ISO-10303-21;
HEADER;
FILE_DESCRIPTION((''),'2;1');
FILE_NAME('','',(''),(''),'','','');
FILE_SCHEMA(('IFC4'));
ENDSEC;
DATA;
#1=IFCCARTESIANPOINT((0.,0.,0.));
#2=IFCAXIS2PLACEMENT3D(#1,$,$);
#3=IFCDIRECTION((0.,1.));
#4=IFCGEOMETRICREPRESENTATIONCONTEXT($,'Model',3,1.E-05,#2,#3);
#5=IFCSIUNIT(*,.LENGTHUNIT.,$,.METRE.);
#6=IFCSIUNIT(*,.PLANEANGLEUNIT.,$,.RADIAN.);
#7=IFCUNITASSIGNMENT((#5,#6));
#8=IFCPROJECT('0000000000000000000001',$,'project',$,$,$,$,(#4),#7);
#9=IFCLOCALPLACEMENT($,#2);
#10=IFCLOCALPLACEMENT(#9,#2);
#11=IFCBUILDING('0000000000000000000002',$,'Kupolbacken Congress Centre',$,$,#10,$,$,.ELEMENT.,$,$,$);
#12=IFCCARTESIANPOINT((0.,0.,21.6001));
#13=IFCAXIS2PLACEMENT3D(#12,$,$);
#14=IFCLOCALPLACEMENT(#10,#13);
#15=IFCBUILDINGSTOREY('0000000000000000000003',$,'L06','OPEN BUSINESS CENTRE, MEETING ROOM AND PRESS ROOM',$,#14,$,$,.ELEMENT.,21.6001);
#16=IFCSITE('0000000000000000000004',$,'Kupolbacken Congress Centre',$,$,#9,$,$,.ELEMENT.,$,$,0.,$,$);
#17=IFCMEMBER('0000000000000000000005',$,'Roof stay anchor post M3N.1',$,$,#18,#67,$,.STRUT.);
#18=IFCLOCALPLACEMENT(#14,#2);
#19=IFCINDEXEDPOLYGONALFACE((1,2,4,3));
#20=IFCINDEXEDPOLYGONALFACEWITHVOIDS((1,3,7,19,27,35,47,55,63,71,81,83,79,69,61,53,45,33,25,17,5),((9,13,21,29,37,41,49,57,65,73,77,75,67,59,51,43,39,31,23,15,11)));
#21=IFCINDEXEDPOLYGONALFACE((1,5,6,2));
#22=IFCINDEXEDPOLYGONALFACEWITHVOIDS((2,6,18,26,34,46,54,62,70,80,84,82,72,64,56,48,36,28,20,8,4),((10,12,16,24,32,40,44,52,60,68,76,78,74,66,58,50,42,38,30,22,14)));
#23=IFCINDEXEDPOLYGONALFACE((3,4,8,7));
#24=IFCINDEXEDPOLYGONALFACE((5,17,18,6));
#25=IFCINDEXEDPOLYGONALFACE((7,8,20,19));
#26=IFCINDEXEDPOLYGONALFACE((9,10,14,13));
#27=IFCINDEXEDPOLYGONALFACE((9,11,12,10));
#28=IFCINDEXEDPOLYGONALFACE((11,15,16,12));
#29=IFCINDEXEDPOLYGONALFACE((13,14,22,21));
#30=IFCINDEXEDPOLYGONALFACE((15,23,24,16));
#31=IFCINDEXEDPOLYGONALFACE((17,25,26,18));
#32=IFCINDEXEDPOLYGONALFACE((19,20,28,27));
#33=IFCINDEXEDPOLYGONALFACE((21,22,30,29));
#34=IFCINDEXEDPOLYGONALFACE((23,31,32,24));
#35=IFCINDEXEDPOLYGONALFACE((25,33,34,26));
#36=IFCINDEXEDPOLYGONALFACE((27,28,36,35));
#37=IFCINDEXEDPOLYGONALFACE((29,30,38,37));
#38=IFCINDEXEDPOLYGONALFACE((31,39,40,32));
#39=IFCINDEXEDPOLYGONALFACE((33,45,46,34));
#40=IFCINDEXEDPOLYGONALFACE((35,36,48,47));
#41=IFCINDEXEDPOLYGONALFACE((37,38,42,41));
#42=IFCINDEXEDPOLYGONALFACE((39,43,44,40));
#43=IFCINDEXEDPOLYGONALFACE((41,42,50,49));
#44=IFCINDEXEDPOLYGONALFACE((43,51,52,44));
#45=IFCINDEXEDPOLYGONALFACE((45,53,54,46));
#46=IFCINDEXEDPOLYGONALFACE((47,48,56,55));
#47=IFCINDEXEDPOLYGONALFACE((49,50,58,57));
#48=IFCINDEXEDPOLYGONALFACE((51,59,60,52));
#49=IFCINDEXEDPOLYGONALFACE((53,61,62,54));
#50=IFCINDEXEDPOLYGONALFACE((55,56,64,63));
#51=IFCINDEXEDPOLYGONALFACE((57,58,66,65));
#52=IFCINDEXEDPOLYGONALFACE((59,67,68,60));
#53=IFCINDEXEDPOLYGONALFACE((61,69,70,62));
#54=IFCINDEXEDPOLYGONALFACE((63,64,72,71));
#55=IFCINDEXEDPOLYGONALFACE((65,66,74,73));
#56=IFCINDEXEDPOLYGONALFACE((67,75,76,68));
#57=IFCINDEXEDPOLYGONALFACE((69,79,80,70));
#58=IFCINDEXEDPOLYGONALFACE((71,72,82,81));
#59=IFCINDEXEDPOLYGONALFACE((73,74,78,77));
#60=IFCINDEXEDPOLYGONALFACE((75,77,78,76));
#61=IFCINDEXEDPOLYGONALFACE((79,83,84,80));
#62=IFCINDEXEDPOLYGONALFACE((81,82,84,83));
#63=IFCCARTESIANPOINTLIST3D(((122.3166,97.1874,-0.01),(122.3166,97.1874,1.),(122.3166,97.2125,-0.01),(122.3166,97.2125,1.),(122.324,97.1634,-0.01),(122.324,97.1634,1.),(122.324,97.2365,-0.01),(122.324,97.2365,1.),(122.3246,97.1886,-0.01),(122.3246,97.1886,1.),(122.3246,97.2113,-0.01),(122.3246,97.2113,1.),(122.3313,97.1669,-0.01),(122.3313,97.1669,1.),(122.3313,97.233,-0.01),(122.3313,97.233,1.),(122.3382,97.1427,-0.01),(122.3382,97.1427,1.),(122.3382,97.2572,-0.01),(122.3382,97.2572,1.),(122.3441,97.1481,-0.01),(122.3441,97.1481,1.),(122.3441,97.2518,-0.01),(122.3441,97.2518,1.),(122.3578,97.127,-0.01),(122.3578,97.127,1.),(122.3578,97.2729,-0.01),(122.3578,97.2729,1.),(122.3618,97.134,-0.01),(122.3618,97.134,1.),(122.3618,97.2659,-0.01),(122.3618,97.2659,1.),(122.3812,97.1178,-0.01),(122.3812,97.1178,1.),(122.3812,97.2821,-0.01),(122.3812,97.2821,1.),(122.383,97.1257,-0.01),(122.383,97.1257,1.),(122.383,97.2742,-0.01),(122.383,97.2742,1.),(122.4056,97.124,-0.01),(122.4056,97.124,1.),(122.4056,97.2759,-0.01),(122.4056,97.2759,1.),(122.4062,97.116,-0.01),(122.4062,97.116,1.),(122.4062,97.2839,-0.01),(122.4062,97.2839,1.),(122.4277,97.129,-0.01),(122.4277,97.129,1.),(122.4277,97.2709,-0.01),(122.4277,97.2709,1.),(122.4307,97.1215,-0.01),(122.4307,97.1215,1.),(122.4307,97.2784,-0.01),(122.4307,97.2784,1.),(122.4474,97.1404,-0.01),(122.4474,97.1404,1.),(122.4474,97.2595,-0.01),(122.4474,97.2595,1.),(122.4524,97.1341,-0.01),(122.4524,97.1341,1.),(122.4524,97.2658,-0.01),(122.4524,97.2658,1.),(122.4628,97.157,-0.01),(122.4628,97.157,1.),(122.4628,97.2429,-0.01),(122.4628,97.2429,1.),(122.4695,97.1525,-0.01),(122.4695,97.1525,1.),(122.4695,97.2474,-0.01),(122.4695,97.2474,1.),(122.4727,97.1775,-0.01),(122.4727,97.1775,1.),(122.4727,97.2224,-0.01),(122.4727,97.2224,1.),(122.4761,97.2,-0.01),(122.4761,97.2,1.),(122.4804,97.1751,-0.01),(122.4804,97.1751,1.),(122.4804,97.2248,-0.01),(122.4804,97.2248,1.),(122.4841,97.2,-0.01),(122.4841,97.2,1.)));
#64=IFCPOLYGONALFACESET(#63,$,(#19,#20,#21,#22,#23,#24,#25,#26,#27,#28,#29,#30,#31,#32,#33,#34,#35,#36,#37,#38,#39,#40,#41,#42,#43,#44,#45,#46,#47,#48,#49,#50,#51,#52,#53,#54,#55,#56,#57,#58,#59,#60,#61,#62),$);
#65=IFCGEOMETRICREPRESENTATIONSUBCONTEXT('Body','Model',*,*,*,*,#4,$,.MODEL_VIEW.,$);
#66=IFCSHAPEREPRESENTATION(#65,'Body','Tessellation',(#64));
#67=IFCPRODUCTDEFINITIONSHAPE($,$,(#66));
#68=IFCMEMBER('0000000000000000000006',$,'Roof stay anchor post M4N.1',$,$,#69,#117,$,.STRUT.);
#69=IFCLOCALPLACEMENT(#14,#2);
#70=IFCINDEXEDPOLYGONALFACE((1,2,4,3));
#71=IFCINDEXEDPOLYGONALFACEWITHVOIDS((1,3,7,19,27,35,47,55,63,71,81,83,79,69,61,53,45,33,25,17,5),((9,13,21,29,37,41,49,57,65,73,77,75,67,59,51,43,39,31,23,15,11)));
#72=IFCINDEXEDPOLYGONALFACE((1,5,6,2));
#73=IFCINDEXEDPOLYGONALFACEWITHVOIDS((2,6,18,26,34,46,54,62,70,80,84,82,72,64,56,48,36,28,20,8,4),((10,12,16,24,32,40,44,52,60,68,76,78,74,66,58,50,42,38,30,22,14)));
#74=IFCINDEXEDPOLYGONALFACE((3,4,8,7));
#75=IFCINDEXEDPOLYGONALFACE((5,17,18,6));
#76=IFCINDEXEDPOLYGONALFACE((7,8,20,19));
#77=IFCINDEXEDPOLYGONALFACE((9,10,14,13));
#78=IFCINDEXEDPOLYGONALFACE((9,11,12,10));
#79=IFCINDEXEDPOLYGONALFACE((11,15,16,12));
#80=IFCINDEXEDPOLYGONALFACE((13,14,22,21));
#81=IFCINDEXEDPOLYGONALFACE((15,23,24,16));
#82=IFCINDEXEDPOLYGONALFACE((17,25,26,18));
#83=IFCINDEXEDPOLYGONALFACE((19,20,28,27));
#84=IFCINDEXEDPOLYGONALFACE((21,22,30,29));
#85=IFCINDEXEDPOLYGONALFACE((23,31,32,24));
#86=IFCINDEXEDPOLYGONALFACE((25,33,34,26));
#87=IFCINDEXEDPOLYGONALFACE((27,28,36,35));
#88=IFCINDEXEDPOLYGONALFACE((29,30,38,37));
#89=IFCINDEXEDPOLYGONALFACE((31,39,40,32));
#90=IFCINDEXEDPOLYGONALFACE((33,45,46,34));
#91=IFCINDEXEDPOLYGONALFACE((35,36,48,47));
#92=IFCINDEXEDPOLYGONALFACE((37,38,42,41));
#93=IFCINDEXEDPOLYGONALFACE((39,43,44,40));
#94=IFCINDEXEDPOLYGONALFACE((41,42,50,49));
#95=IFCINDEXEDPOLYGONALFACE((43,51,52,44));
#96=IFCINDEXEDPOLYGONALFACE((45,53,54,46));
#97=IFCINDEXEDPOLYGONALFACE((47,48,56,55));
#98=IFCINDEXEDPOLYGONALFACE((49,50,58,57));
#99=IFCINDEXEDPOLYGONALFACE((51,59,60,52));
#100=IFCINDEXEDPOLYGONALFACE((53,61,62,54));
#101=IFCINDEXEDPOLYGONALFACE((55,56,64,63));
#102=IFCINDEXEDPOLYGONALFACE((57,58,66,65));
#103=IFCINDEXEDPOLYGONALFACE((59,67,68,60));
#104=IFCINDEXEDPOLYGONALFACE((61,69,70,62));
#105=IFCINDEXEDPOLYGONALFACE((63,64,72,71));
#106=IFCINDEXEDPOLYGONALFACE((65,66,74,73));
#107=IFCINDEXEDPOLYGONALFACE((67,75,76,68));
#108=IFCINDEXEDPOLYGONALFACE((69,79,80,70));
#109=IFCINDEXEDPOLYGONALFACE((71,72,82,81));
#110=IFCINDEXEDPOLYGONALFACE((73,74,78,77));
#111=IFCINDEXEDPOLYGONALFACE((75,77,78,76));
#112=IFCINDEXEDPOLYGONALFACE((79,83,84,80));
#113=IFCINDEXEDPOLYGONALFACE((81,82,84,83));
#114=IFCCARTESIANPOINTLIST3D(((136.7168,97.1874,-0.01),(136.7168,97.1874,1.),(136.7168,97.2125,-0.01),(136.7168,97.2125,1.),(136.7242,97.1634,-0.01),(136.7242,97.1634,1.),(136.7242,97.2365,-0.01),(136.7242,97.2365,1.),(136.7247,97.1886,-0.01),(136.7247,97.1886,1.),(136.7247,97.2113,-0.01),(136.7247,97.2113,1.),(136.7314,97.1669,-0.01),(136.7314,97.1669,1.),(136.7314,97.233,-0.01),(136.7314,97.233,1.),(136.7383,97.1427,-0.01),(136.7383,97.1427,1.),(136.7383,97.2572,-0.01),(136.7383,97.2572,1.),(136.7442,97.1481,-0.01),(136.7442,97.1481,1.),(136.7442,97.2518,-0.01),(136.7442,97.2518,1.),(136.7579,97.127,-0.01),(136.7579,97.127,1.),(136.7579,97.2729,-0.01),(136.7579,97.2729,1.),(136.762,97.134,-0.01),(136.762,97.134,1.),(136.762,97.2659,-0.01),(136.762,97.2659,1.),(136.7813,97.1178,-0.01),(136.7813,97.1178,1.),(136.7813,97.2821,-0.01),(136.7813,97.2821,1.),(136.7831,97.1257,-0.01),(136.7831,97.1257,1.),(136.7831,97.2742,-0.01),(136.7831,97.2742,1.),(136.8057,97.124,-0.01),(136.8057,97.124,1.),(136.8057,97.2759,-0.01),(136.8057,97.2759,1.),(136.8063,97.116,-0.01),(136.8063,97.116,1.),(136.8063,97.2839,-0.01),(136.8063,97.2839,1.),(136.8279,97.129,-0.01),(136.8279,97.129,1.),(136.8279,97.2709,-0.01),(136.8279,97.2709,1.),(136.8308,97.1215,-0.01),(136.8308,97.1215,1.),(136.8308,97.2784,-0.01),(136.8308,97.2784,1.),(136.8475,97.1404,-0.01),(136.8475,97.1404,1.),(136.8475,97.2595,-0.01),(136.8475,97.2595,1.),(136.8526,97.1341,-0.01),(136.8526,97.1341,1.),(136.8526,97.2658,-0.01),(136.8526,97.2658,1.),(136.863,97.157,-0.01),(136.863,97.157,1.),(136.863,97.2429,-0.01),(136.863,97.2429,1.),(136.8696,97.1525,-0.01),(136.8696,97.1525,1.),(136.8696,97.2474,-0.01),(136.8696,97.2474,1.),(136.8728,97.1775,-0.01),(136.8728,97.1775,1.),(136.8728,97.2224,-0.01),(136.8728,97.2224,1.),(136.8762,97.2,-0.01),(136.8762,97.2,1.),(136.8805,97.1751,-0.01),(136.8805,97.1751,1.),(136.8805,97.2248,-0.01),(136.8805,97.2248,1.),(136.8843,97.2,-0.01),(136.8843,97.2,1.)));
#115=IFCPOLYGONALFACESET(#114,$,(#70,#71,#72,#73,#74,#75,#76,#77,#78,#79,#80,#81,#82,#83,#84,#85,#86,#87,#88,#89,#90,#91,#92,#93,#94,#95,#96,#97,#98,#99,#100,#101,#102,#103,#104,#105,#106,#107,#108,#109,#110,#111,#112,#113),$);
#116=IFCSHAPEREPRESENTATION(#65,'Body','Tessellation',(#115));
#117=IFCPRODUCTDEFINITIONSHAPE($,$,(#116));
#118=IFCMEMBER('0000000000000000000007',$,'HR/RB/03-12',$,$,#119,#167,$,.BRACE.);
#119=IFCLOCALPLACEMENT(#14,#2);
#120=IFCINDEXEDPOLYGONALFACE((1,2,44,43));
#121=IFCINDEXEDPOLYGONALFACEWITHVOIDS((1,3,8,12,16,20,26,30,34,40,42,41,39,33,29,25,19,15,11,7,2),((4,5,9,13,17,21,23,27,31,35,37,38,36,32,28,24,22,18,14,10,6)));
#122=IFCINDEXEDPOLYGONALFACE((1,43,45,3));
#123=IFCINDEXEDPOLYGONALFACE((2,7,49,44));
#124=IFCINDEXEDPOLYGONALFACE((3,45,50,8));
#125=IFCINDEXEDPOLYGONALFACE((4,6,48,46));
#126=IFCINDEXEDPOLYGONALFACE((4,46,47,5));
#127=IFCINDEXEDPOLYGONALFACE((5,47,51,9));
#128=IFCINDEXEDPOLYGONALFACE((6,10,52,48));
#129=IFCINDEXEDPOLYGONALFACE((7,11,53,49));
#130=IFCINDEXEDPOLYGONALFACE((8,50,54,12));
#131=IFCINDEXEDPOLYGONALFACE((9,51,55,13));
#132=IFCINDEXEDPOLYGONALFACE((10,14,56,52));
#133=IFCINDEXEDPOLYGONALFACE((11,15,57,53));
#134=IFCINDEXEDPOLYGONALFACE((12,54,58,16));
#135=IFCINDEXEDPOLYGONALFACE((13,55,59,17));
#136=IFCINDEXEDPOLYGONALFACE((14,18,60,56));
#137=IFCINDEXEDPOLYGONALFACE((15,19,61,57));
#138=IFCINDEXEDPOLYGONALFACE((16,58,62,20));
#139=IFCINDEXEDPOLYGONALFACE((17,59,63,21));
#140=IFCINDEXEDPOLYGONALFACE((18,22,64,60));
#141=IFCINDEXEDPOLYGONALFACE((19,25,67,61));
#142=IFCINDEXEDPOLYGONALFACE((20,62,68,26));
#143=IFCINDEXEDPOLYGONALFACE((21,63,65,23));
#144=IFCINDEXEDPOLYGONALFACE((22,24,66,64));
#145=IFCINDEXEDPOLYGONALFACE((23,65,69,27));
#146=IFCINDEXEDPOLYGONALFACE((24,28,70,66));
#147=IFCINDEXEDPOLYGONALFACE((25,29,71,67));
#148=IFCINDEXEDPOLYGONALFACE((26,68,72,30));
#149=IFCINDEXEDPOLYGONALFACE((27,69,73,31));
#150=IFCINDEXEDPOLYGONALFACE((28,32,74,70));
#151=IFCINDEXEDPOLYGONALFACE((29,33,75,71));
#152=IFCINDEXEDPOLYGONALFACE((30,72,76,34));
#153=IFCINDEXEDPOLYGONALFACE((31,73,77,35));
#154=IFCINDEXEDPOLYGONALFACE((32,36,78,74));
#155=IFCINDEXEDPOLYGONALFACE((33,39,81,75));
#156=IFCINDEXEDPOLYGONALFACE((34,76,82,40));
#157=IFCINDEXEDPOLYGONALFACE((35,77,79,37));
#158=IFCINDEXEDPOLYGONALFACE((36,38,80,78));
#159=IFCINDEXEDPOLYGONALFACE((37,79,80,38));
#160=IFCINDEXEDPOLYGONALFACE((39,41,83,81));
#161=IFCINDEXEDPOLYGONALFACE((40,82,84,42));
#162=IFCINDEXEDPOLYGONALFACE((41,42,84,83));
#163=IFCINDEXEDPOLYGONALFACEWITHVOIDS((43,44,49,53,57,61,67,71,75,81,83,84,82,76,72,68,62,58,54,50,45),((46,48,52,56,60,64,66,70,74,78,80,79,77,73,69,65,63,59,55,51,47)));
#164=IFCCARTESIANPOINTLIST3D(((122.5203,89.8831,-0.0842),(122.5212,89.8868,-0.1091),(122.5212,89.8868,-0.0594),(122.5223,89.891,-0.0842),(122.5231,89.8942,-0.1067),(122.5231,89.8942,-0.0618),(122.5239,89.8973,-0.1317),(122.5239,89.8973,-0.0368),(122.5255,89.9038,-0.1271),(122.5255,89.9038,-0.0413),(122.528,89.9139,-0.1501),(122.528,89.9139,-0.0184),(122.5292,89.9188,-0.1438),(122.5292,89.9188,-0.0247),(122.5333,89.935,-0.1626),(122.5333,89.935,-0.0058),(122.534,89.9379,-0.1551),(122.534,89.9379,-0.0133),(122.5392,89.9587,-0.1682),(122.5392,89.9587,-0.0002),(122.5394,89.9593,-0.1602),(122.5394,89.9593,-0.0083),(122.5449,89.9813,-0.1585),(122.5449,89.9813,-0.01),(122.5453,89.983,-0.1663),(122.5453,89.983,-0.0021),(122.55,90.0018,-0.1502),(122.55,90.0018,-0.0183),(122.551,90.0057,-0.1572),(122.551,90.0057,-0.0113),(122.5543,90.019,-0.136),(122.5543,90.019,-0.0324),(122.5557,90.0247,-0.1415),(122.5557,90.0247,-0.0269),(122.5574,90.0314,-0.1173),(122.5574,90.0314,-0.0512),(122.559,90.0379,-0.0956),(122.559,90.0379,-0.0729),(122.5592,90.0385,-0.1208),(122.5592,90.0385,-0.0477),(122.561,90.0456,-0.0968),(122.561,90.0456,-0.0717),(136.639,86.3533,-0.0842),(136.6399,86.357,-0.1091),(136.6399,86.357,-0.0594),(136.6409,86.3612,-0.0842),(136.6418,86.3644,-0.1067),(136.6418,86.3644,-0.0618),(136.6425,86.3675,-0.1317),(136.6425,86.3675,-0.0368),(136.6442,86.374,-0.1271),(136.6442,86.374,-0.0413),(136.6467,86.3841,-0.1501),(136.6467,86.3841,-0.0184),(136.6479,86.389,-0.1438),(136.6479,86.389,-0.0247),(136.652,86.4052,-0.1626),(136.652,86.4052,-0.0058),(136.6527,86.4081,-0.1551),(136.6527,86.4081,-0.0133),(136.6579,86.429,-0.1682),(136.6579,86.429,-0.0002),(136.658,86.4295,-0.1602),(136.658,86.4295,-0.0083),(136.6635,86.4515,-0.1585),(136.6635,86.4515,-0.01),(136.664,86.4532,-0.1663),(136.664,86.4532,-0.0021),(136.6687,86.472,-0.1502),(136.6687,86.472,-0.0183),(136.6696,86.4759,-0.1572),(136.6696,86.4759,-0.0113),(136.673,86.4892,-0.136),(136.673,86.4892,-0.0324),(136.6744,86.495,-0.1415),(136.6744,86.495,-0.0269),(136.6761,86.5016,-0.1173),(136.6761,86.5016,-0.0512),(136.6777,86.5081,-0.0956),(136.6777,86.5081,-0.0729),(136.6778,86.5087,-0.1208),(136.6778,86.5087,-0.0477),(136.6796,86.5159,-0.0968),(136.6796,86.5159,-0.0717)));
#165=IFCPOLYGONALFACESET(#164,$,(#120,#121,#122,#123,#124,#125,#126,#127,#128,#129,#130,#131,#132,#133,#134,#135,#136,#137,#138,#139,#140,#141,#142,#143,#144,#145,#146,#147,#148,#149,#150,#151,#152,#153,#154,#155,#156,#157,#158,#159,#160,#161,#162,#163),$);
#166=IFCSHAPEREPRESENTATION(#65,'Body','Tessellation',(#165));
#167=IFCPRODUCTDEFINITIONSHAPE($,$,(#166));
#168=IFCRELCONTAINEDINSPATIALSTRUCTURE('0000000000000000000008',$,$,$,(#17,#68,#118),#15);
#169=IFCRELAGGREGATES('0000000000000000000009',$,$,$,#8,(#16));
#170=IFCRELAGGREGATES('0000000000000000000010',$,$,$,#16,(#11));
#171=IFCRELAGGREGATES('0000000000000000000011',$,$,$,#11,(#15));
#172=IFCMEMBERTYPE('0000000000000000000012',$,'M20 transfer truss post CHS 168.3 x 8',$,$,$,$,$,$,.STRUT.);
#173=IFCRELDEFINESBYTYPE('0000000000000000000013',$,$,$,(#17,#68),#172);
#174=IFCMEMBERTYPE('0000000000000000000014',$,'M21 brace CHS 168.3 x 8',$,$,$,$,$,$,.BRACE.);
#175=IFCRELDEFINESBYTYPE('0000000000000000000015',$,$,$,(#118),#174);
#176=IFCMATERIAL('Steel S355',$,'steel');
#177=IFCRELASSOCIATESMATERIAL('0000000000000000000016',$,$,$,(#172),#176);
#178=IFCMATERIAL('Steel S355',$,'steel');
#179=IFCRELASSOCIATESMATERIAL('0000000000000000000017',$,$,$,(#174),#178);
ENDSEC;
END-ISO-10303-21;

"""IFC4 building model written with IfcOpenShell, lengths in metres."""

from ifc_helpers import new_model, si_unit, direction, frame, origin, origin_2d, place, context, subcontext, project, spatial, hollow_circle, extrude, material, material_profile, profile_set, type_object, element, save


model = new_model("IFC4")

# Units and contexts
model_context = context("Model", 3, precision=1e-05, world=origin(), true_north=direction((0.0, 1.0)))
body_context = subcontext(model_context, "Body", "Model", "MODEL_VIEW")
ifc_project = project(units=[si_unit("LENGTHUNIT", "METRE"), si_unit("PLANEANGLEUNIT", "RADIAN")], contexts=[model_context])

# Site, building, storey
site_placement = place(None, origin())
site = spatial("IfcSite", under=ifc_project, at=site_placement, Name="Kupolbacken Congress Centre", CompositionType="ELEMENT", RefElevation=0.0)
building_placement = place(site_placement, origin())
building = spatial("IfcBuilding", under=site, at=building_placement, Name="Kupolbacken Congress Centre", CompositionType="ELEMENT")
storey_placement = place(building_placement, frame((0.0, 0.0, 21.6001)))
storey = spatial("IfcBuildingStorey", under=building, at=storey_placement, Name="L06", Description="OPEN BUSINESS CENTRE, MEETING ROOM AND PRESS ROOM", CompositionType="ELEMENT", Elevation=21.6001)

# Members
ifc_material_1 = material(Name="Steel S355", Category="steel")
ifc_material_profile_1 = material_profile(ifc_material_1, hollow_circle(Radius=0.0842, WallThickness=0.0081, at=origin_2d()), Name="CHS 168.3 x 8")
ifc_profile_set_1 = profile_set([ifc_material_profile_1], Name="Steel S355")
member_type_1 = type_object("IfcMemberType", Name="M20 transfer truss post CHS 168.3 x 8", PredefinedType="STRUT", material=ifc_profile_set_1)
for number, where, z_axis, x_axis, name in (
    (1, (122.3999, 97.2, -0.01), (0.0, 0.0, 1.0), (1.0, 0.0, 0.0), "Roof stay anchor post M3N.1"),
    (2, (136.8, 97.2, -0.01), (0.0, 0.0, 1.0), (1.0, 0.0, 0.0), "Roof stay anchor post M4N.1"),
):
    element("IfcMember", number, at=place(storey_placement, frame(where, z_axis=z_axis, x_axis=x_axis)), inside=storey, type_object=member_type_1, Name=name, PredefinedType="STRUT", context=body_context, shape_type="SweptSolid", body=[
        extrude(hollow_circle(Radius=0.0842, WallThickness=0.0081, at=origin_2d()), origin(), (0.0, 0.0, 1.0), 1.01),
    ])
ifc_material_2 = material(Name="Steel S355", Category="steel")
ifc_material_profile_2 = material_profile(ifc_material_2, hollow_circle(Radius=0.0842, WallThickness=0.0081, at=origin_2d()), Name="CHS 168.3 x 8")
ifc_profile_set_2 = profile_set([ifc_material_profile_2], Name="Steel S355")
member_type_2 = type_object("IfcMemberType", Name="M21 brace CHS 168.3 x 8", PredefinedType="BRACE", material=ifc_profile_set_2)
for number, where, z_axis, x_axis, name in (
    (3, (136.6594, 86.4351, -0.0842), (-0.970141, 0.242544, 0.0), (-0.242544, -0.970141, 0.0), "HR/RB/03-12"),
):
    element("IfcMember", number, at=place(storey_placement, frame(where, z_axis=z_axis, x_axis=x_axis)), inside=storey, type_object=member_type_2, Name=name, PredefinedType="BRACE", context=body_context, shape_type="SweptSolid", body=[
        extrude(hollow_circle(Radius=0.0842, WallThickness=0.0081, at=origin_2d()), origin(), (0.0, 0.0, 1.0), 14.5532),
    ])

save(model, "model.ifc")
